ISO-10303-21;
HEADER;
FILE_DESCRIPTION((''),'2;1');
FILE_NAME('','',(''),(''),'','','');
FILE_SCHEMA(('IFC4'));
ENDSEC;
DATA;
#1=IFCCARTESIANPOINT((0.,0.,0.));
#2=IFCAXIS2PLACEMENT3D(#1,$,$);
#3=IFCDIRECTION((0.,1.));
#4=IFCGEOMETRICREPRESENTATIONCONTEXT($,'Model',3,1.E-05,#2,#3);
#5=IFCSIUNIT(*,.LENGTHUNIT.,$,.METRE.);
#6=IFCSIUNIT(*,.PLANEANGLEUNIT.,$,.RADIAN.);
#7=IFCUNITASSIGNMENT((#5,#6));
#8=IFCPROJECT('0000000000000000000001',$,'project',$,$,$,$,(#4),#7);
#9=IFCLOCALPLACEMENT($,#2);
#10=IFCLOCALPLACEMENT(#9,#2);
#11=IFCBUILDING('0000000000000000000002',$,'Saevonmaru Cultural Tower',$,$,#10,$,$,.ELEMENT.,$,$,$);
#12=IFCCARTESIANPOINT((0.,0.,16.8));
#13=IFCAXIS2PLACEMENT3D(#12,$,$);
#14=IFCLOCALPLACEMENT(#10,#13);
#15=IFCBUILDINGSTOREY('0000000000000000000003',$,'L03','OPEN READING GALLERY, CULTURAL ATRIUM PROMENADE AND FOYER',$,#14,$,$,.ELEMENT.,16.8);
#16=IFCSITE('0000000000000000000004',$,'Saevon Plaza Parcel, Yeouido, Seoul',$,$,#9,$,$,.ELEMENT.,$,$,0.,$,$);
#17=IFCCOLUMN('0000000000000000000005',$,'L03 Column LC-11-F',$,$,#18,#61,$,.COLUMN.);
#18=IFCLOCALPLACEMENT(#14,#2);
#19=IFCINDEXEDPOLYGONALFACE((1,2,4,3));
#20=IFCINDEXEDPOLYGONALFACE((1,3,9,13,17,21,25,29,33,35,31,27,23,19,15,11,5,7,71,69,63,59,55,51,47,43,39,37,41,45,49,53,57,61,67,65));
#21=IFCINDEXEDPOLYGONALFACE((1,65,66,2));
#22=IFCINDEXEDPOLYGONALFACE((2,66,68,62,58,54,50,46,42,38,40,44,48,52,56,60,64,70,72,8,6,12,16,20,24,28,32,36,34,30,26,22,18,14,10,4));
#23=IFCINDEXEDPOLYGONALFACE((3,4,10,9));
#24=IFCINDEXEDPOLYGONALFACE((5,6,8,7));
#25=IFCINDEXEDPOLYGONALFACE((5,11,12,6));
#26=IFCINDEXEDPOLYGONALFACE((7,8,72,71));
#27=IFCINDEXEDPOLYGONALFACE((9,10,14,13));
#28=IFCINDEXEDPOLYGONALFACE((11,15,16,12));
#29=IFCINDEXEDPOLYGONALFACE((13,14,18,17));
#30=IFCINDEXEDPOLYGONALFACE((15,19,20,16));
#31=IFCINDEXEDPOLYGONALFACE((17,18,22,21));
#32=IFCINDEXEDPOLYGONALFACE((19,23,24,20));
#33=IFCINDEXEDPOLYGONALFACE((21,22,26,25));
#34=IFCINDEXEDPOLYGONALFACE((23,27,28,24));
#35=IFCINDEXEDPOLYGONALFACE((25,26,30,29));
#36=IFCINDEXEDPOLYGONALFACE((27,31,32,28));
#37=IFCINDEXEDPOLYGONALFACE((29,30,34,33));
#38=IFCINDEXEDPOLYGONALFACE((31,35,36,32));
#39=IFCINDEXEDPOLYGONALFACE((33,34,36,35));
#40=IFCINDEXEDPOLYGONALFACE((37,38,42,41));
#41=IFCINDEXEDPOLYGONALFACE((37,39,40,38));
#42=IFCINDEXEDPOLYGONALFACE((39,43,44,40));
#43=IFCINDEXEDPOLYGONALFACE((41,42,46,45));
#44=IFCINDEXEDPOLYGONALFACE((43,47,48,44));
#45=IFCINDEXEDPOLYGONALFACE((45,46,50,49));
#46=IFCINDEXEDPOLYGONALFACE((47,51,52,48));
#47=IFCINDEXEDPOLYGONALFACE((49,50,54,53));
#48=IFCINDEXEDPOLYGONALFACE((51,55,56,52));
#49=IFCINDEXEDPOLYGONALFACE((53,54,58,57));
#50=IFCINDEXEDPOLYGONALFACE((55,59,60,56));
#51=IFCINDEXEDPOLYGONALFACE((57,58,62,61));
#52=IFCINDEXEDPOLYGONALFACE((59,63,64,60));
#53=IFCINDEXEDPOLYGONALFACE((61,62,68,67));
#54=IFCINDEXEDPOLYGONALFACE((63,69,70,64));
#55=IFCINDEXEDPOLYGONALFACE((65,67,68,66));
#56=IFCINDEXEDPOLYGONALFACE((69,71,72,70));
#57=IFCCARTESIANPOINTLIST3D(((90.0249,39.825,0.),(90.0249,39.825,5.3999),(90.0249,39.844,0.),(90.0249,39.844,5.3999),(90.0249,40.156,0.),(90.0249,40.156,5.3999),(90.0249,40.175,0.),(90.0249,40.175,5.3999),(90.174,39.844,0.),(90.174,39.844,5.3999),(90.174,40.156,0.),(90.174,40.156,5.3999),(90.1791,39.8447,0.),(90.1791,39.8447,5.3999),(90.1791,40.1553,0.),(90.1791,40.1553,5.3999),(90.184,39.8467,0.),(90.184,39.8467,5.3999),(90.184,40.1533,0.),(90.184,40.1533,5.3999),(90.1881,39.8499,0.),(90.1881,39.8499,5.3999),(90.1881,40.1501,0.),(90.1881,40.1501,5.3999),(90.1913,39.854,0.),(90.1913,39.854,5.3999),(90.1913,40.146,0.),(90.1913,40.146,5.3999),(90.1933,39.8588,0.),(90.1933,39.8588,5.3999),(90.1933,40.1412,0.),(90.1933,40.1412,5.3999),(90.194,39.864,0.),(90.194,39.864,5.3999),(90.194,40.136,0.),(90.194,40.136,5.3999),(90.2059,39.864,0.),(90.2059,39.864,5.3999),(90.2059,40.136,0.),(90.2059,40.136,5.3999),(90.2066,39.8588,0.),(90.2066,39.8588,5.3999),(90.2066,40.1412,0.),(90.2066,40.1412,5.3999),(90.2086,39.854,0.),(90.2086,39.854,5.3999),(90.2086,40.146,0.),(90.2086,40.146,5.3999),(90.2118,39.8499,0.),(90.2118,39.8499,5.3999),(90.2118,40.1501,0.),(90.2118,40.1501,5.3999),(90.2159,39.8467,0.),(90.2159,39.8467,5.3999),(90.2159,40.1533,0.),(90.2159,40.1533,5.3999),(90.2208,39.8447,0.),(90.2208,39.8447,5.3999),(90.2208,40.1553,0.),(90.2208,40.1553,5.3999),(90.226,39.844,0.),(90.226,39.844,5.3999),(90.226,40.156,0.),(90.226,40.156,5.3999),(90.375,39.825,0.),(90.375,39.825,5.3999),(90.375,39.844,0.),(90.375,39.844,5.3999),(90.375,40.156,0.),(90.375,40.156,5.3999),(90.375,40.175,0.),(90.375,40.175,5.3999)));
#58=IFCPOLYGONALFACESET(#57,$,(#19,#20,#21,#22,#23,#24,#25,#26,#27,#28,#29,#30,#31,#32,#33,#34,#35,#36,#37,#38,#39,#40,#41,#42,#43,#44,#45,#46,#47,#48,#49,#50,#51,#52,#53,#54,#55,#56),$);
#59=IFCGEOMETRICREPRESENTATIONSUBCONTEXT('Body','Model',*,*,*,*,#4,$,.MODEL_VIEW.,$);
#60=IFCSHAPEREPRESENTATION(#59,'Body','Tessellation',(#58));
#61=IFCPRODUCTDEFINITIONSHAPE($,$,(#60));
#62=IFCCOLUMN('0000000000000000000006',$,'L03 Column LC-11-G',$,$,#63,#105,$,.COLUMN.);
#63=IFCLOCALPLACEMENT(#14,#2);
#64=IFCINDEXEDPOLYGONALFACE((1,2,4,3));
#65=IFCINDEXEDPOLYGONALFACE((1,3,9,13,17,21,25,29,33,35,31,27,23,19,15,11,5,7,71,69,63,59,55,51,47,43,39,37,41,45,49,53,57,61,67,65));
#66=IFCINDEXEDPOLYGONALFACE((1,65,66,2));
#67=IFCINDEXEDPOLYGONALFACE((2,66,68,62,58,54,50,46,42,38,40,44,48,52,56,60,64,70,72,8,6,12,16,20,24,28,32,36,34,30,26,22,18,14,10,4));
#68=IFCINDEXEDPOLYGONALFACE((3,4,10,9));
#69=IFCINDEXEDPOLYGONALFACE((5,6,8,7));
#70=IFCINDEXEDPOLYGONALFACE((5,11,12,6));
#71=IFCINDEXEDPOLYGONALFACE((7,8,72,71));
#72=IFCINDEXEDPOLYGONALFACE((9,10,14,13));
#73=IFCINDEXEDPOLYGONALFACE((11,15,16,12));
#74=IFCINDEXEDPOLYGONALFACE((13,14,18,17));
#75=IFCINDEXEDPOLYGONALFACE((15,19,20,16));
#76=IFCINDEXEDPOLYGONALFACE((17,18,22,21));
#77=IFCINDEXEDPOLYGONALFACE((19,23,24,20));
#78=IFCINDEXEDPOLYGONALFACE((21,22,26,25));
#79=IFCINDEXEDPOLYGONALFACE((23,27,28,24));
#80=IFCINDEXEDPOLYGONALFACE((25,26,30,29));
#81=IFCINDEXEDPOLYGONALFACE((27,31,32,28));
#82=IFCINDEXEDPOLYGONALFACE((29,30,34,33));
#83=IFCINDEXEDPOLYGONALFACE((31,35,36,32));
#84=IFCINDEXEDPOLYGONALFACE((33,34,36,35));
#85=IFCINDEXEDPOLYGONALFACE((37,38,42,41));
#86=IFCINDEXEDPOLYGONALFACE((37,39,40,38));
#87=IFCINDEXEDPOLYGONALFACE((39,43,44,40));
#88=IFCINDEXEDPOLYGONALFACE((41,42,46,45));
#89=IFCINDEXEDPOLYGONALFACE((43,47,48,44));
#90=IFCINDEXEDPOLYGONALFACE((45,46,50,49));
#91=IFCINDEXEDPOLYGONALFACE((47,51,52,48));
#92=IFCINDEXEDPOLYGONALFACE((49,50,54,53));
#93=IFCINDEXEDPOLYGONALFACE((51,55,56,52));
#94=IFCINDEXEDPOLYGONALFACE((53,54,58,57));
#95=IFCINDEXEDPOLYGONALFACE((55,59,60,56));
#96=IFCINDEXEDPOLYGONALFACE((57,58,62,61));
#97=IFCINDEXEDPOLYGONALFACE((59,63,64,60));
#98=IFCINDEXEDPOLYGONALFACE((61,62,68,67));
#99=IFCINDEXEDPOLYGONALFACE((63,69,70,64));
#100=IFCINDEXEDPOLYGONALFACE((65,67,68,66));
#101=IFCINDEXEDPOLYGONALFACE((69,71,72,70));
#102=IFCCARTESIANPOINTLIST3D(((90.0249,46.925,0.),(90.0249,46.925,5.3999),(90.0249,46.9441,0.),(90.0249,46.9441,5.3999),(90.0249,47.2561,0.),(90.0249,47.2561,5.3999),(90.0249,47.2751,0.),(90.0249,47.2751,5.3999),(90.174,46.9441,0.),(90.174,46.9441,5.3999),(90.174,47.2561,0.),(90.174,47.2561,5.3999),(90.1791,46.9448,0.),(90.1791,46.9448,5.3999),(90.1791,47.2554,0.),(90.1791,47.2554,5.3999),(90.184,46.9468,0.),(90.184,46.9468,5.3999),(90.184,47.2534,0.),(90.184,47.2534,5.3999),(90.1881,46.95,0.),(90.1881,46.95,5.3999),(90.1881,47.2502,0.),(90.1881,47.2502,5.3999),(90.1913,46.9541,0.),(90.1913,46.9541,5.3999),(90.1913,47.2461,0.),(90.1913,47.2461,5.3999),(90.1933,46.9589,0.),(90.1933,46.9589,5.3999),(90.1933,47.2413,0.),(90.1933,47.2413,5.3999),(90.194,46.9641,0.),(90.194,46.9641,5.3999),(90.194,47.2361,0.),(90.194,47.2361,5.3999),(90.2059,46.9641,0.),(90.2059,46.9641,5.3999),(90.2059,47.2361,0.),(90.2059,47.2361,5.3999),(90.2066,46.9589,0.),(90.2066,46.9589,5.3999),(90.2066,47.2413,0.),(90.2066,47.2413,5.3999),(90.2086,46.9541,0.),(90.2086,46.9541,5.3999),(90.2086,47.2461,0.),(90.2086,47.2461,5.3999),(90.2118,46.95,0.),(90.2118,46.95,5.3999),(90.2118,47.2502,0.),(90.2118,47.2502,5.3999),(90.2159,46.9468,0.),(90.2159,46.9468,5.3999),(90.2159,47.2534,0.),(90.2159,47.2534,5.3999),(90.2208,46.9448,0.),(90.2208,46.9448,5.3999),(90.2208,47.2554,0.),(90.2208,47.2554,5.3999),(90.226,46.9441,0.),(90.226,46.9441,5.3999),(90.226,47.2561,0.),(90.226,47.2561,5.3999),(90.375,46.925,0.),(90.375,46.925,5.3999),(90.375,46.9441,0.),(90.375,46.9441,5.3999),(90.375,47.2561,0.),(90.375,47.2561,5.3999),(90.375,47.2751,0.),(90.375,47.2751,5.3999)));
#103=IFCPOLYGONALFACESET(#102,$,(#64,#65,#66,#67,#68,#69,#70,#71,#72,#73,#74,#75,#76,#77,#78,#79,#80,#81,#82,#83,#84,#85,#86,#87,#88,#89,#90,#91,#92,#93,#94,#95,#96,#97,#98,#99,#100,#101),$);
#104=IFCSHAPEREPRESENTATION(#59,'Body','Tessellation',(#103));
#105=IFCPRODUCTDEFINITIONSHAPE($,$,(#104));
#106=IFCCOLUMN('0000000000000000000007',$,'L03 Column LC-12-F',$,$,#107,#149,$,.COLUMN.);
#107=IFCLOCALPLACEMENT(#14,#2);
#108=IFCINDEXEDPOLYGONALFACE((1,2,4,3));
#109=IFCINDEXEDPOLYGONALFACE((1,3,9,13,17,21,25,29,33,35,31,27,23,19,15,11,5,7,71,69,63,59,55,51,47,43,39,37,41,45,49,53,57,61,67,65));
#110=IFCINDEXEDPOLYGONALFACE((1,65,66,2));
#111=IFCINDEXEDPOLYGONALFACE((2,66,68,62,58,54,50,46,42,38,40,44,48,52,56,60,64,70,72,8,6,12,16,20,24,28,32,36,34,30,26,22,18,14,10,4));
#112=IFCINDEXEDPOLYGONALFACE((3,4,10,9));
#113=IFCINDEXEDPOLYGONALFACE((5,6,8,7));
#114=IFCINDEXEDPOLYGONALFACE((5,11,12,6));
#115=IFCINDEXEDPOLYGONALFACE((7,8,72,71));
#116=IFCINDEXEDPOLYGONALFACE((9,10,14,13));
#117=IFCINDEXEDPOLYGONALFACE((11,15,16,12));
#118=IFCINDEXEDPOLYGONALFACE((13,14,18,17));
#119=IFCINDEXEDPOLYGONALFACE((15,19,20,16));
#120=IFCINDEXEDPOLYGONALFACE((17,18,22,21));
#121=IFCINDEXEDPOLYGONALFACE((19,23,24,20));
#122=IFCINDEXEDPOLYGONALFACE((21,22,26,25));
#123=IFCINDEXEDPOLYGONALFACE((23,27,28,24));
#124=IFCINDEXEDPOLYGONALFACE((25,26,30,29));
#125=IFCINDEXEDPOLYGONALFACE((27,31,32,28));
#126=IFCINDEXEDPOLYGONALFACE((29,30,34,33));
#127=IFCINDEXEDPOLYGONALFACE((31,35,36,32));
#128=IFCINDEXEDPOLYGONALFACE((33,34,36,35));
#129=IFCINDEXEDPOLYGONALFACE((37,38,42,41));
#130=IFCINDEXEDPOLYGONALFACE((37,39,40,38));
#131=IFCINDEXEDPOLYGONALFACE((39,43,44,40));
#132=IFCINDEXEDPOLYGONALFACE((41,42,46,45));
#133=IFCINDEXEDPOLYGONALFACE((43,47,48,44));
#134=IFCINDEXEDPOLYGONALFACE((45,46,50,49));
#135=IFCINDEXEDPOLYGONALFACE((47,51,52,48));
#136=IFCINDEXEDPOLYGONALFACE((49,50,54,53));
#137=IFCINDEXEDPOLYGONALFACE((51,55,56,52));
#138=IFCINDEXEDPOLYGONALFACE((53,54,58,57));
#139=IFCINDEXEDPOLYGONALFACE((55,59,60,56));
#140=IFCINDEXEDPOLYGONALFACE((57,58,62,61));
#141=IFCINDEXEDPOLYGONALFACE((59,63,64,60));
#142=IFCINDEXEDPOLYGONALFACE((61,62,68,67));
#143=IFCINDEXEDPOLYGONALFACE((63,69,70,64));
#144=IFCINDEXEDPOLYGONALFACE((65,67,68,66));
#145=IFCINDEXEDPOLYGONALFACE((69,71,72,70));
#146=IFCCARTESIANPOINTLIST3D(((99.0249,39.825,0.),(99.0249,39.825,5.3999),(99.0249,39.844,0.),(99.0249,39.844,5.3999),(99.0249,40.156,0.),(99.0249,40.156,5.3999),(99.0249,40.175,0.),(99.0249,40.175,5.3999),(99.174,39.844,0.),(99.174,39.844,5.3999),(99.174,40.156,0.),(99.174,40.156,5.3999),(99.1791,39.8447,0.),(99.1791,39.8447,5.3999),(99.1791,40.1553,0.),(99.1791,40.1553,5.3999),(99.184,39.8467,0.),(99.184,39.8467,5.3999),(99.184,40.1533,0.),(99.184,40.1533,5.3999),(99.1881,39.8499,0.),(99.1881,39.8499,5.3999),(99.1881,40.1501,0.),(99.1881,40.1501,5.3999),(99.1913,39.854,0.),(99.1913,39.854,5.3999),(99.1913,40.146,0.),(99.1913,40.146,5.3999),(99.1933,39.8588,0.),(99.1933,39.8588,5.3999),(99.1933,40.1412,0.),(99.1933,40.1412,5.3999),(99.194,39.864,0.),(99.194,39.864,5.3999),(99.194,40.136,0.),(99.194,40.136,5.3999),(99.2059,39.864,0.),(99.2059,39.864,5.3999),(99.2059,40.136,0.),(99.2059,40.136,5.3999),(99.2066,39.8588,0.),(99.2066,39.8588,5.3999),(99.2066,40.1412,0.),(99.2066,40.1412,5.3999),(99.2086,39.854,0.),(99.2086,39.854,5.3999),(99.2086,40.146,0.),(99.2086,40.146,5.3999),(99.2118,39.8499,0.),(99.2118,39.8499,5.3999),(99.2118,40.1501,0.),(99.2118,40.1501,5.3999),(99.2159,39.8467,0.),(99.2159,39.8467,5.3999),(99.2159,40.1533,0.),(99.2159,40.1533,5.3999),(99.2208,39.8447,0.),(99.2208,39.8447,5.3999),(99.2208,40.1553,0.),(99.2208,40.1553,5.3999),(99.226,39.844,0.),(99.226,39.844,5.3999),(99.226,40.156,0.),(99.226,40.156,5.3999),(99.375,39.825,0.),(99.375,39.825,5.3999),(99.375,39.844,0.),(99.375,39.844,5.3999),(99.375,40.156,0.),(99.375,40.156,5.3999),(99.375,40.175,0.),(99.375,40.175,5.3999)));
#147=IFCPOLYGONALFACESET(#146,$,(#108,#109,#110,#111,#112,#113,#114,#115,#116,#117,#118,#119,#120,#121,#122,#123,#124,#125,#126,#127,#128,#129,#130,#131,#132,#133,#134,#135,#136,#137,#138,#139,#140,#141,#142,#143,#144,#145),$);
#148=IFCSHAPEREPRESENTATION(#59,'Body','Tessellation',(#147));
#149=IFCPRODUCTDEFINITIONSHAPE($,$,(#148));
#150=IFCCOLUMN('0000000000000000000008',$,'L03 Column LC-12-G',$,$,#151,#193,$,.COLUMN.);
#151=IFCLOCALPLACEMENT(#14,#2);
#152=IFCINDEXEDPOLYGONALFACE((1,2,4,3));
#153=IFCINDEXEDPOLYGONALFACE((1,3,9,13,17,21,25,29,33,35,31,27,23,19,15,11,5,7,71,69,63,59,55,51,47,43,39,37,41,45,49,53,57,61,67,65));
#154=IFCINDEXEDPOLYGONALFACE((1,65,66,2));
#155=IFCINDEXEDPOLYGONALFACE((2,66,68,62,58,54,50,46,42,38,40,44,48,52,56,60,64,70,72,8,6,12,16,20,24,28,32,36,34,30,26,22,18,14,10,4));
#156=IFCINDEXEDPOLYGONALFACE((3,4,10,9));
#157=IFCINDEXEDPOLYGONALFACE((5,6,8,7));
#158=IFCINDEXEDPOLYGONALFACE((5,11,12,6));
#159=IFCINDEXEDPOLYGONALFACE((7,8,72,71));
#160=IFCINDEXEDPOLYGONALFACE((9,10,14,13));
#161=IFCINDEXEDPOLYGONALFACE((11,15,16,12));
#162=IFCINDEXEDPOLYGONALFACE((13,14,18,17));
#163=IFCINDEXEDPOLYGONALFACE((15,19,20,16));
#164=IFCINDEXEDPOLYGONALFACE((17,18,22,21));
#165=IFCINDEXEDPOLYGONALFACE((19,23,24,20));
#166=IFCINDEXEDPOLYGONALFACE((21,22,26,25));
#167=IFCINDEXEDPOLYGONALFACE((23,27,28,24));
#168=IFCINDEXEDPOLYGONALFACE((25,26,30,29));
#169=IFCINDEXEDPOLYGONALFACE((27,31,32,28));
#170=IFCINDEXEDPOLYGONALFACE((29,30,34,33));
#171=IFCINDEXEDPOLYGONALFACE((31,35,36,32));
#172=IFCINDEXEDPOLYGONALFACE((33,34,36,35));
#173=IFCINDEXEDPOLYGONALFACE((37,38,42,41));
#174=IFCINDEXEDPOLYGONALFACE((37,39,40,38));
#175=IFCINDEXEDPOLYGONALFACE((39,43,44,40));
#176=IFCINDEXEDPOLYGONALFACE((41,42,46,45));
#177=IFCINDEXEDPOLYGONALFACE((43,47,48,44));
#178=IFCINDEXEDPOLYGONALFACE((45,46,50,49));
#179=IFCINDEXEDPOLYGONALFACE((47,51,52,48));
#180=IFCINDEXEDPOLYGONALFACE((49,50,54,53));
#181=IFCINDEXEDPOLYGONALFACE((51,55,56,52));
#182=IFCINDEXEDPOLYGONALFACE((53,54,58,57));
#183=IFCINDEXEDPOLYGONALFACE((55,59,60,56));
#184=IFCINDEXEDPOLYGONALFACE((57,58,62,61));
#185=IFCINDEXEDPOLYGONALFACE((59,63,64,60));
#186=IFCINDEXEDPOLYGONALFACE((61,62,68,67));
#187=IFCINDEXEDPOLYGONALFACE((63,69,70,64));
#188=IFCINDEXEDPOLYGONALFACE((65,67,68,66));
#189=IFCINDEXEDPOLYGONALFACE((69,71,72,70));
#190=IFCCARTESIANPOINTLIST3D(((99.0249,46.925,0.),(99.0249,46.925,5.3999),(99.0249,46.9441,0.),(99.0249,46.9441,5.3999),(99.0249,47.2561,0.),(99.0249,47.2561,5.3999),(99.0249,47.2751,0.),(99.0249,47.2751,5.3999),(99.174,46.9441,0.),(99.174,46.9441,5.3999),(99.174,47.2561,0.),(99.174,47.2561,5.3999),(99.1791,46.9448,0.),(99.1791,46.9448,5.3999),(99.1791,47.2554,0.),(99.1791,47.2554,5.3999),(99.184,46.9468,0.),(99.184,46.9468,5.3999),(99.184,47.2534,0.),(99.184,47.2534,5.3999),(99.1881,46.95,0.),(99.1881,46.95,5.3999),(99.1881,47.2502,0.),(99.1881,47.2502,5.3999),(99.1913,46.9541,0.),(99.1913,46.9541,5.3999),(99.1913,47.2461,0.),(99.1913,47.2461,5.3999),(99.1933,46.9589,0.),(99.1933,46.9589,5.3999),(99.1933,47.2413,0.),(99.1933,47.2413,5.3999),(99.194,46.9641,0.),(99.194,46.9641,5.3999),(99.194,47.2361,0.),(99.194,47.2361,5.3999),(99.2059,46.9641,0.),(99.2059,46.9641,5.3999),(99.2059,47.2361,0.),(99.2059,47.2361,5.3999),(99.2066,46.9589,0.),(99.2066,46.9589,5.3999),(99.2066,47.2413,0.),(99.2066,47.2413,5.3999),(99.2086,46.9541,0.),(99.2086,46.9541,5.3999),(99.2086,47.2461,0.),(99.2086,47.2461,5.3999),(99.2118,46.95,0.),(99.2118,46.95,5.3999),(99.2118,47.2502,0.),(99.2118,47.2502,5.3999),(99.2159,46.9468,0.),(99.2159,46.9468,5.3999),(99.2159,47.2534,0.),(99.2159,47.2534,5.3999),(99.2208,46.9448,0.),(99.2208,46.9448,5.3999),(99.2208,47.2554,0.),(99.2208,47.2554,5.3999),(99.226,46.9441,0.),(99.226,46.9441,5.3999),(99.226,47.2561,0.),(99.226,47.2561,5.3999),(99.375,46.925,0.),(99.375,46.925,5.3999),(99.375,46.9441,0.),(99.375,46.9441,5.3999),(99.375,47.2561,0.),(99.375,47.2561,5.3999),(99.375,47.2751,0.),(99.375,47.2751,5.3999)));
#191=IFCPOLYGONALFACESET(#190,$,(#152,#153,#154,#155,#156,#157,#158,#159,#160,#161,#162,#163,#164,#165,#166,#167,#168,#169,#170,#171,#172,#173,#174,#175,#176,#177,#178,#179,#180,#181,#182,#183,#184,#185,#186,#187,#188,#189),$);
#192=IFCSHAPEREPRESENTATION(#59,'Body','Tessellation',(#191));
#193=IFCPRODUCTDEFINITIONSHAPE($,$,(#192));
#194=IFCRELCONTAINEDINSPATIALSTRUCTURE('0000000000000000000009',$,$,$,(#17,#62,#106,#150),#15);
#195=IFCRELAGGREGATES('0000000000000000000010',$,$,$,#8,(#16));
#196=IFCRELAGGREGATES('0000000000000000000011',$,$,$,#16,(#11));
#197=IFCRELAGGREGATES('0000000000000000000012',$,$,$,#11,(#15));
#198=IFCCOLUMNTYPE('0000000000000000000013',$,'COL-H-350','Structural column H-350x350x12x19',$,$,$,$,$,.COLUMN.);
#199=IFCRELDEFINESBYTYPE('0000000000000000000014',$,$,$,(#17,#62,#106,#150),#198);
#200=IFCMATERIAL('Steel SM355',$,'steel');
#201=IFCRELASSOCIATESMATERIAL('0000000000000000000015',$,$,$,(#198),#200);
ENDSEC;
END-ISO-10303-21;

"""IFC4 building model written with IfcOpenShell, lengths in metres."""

from ifc_helpers import new_model, si_unit, direction, frame, origin, origin_2d, place, context, subcontext, project, spatial, i_section, extrude, material, material_profile, profile_set, type_object, element, save


model = new_model("IFC4")

# Units and contexts
model_context = context("Model", 3, precision=1e-05, world=origin(), true_north=direction((0.0, 1.0)))
body_context = subcontext(model_context, "Body", "Model", "MODEL_VIEW")
ifc_project = project(units=[si_unit("LENGTHUNIT", "METRE"), si_unit("PLANEANGLEUNIT", "RADIAN")], contexts=[model_context])

# Site, building, storey
site_placement = place(None, origin())
site = spatial("IfcSite", under=ifc_project, at=site_placement, Name="Saevon Plaza Parcel, Yeouido, Seoul", CompositionType="ELEMENT", RefElevation=0.0)
building_placement = place(site_placement, origin())
building = spatial("IfcBuilding", under=site, at=building_placement, Name="Saevonmaru Cultural Tower", CompositionType="ELEMENT")
storey_placement = place(building_placement, frame((0.0, 0.0, 16.8)))
storey = spatial("IfcBuildingStorey", under=building, at=storey_placement, Name="L03", Description="OPEN READING GALLERY, CULTURAL ATRIUM PROMENADE AND FOYER", CompositionType="ELEMENT", Elevation=16.8)

# Columns
ifc_material_1 = material(Name="Steel SM355", Category="steel")
ifc_material_profile_1 = material_profile(ifc_material_1, i_section(OverallWidth=0.3501, OverallDepth=0.3501, WebThickness=0.012, FlangeThickness=0.019, FilletRadius=0.02, at=origin_2d()), Name="H-350x350x12x19")
ifc_profile_set_1 = profile_set([ifc_material_profile_1], Name="Steel SM355")
column_type = type_object("IfcColumnType", Name="COL-H-350", Description="Structural column H-350x350x12x19", PredefinedType="COLUMN", material=ifc_profile_set_1)
for number, where, z_axis, x_axis, name in (
    (1, (90.2, 40.0, 0.0), (0.0, 0.0, 1.0), (1.0, 0.0, 0.0), "L03 Column LC-11-F"),
    (2, (90.2, 47.1001, 0.0), (0.0, 0.0, 1.0), (1.0, 0.0, 0.0), "L03 Column LC-11-G"),
    (3, (99.2, 40.0, 0.0), (0.0, 0.0, 1.0), (1.0, 0.0, 0.0), "L03 Column LC-12-F"),
    (4, (99.2, 47.1001, 0.0), (0.0, 0.0, 1.0), (1.0, 0.0, 0.0), "L03 Column LC-12-G"),
):
    element("IfcColumn", number, at=place(storey_placement, frame(where, z_axis=z_axis, x_axis=x_axis)), inside=storey, type_object=column_type, Name=name, PredefinedType="COLUMN", context=body_context, shape_type="SweptSolid", body=[
        extrude(i_section(OverallWidth=0.3501, OverallDepth=0.3501, WebThickness=0.012, FlangeThickness=0.019, FilletRadius=0.02, at=origin_2d()), origin(), (0.0, 0.0, 1.0), 5.3999),
    ])

save(model, "model.ifc")
